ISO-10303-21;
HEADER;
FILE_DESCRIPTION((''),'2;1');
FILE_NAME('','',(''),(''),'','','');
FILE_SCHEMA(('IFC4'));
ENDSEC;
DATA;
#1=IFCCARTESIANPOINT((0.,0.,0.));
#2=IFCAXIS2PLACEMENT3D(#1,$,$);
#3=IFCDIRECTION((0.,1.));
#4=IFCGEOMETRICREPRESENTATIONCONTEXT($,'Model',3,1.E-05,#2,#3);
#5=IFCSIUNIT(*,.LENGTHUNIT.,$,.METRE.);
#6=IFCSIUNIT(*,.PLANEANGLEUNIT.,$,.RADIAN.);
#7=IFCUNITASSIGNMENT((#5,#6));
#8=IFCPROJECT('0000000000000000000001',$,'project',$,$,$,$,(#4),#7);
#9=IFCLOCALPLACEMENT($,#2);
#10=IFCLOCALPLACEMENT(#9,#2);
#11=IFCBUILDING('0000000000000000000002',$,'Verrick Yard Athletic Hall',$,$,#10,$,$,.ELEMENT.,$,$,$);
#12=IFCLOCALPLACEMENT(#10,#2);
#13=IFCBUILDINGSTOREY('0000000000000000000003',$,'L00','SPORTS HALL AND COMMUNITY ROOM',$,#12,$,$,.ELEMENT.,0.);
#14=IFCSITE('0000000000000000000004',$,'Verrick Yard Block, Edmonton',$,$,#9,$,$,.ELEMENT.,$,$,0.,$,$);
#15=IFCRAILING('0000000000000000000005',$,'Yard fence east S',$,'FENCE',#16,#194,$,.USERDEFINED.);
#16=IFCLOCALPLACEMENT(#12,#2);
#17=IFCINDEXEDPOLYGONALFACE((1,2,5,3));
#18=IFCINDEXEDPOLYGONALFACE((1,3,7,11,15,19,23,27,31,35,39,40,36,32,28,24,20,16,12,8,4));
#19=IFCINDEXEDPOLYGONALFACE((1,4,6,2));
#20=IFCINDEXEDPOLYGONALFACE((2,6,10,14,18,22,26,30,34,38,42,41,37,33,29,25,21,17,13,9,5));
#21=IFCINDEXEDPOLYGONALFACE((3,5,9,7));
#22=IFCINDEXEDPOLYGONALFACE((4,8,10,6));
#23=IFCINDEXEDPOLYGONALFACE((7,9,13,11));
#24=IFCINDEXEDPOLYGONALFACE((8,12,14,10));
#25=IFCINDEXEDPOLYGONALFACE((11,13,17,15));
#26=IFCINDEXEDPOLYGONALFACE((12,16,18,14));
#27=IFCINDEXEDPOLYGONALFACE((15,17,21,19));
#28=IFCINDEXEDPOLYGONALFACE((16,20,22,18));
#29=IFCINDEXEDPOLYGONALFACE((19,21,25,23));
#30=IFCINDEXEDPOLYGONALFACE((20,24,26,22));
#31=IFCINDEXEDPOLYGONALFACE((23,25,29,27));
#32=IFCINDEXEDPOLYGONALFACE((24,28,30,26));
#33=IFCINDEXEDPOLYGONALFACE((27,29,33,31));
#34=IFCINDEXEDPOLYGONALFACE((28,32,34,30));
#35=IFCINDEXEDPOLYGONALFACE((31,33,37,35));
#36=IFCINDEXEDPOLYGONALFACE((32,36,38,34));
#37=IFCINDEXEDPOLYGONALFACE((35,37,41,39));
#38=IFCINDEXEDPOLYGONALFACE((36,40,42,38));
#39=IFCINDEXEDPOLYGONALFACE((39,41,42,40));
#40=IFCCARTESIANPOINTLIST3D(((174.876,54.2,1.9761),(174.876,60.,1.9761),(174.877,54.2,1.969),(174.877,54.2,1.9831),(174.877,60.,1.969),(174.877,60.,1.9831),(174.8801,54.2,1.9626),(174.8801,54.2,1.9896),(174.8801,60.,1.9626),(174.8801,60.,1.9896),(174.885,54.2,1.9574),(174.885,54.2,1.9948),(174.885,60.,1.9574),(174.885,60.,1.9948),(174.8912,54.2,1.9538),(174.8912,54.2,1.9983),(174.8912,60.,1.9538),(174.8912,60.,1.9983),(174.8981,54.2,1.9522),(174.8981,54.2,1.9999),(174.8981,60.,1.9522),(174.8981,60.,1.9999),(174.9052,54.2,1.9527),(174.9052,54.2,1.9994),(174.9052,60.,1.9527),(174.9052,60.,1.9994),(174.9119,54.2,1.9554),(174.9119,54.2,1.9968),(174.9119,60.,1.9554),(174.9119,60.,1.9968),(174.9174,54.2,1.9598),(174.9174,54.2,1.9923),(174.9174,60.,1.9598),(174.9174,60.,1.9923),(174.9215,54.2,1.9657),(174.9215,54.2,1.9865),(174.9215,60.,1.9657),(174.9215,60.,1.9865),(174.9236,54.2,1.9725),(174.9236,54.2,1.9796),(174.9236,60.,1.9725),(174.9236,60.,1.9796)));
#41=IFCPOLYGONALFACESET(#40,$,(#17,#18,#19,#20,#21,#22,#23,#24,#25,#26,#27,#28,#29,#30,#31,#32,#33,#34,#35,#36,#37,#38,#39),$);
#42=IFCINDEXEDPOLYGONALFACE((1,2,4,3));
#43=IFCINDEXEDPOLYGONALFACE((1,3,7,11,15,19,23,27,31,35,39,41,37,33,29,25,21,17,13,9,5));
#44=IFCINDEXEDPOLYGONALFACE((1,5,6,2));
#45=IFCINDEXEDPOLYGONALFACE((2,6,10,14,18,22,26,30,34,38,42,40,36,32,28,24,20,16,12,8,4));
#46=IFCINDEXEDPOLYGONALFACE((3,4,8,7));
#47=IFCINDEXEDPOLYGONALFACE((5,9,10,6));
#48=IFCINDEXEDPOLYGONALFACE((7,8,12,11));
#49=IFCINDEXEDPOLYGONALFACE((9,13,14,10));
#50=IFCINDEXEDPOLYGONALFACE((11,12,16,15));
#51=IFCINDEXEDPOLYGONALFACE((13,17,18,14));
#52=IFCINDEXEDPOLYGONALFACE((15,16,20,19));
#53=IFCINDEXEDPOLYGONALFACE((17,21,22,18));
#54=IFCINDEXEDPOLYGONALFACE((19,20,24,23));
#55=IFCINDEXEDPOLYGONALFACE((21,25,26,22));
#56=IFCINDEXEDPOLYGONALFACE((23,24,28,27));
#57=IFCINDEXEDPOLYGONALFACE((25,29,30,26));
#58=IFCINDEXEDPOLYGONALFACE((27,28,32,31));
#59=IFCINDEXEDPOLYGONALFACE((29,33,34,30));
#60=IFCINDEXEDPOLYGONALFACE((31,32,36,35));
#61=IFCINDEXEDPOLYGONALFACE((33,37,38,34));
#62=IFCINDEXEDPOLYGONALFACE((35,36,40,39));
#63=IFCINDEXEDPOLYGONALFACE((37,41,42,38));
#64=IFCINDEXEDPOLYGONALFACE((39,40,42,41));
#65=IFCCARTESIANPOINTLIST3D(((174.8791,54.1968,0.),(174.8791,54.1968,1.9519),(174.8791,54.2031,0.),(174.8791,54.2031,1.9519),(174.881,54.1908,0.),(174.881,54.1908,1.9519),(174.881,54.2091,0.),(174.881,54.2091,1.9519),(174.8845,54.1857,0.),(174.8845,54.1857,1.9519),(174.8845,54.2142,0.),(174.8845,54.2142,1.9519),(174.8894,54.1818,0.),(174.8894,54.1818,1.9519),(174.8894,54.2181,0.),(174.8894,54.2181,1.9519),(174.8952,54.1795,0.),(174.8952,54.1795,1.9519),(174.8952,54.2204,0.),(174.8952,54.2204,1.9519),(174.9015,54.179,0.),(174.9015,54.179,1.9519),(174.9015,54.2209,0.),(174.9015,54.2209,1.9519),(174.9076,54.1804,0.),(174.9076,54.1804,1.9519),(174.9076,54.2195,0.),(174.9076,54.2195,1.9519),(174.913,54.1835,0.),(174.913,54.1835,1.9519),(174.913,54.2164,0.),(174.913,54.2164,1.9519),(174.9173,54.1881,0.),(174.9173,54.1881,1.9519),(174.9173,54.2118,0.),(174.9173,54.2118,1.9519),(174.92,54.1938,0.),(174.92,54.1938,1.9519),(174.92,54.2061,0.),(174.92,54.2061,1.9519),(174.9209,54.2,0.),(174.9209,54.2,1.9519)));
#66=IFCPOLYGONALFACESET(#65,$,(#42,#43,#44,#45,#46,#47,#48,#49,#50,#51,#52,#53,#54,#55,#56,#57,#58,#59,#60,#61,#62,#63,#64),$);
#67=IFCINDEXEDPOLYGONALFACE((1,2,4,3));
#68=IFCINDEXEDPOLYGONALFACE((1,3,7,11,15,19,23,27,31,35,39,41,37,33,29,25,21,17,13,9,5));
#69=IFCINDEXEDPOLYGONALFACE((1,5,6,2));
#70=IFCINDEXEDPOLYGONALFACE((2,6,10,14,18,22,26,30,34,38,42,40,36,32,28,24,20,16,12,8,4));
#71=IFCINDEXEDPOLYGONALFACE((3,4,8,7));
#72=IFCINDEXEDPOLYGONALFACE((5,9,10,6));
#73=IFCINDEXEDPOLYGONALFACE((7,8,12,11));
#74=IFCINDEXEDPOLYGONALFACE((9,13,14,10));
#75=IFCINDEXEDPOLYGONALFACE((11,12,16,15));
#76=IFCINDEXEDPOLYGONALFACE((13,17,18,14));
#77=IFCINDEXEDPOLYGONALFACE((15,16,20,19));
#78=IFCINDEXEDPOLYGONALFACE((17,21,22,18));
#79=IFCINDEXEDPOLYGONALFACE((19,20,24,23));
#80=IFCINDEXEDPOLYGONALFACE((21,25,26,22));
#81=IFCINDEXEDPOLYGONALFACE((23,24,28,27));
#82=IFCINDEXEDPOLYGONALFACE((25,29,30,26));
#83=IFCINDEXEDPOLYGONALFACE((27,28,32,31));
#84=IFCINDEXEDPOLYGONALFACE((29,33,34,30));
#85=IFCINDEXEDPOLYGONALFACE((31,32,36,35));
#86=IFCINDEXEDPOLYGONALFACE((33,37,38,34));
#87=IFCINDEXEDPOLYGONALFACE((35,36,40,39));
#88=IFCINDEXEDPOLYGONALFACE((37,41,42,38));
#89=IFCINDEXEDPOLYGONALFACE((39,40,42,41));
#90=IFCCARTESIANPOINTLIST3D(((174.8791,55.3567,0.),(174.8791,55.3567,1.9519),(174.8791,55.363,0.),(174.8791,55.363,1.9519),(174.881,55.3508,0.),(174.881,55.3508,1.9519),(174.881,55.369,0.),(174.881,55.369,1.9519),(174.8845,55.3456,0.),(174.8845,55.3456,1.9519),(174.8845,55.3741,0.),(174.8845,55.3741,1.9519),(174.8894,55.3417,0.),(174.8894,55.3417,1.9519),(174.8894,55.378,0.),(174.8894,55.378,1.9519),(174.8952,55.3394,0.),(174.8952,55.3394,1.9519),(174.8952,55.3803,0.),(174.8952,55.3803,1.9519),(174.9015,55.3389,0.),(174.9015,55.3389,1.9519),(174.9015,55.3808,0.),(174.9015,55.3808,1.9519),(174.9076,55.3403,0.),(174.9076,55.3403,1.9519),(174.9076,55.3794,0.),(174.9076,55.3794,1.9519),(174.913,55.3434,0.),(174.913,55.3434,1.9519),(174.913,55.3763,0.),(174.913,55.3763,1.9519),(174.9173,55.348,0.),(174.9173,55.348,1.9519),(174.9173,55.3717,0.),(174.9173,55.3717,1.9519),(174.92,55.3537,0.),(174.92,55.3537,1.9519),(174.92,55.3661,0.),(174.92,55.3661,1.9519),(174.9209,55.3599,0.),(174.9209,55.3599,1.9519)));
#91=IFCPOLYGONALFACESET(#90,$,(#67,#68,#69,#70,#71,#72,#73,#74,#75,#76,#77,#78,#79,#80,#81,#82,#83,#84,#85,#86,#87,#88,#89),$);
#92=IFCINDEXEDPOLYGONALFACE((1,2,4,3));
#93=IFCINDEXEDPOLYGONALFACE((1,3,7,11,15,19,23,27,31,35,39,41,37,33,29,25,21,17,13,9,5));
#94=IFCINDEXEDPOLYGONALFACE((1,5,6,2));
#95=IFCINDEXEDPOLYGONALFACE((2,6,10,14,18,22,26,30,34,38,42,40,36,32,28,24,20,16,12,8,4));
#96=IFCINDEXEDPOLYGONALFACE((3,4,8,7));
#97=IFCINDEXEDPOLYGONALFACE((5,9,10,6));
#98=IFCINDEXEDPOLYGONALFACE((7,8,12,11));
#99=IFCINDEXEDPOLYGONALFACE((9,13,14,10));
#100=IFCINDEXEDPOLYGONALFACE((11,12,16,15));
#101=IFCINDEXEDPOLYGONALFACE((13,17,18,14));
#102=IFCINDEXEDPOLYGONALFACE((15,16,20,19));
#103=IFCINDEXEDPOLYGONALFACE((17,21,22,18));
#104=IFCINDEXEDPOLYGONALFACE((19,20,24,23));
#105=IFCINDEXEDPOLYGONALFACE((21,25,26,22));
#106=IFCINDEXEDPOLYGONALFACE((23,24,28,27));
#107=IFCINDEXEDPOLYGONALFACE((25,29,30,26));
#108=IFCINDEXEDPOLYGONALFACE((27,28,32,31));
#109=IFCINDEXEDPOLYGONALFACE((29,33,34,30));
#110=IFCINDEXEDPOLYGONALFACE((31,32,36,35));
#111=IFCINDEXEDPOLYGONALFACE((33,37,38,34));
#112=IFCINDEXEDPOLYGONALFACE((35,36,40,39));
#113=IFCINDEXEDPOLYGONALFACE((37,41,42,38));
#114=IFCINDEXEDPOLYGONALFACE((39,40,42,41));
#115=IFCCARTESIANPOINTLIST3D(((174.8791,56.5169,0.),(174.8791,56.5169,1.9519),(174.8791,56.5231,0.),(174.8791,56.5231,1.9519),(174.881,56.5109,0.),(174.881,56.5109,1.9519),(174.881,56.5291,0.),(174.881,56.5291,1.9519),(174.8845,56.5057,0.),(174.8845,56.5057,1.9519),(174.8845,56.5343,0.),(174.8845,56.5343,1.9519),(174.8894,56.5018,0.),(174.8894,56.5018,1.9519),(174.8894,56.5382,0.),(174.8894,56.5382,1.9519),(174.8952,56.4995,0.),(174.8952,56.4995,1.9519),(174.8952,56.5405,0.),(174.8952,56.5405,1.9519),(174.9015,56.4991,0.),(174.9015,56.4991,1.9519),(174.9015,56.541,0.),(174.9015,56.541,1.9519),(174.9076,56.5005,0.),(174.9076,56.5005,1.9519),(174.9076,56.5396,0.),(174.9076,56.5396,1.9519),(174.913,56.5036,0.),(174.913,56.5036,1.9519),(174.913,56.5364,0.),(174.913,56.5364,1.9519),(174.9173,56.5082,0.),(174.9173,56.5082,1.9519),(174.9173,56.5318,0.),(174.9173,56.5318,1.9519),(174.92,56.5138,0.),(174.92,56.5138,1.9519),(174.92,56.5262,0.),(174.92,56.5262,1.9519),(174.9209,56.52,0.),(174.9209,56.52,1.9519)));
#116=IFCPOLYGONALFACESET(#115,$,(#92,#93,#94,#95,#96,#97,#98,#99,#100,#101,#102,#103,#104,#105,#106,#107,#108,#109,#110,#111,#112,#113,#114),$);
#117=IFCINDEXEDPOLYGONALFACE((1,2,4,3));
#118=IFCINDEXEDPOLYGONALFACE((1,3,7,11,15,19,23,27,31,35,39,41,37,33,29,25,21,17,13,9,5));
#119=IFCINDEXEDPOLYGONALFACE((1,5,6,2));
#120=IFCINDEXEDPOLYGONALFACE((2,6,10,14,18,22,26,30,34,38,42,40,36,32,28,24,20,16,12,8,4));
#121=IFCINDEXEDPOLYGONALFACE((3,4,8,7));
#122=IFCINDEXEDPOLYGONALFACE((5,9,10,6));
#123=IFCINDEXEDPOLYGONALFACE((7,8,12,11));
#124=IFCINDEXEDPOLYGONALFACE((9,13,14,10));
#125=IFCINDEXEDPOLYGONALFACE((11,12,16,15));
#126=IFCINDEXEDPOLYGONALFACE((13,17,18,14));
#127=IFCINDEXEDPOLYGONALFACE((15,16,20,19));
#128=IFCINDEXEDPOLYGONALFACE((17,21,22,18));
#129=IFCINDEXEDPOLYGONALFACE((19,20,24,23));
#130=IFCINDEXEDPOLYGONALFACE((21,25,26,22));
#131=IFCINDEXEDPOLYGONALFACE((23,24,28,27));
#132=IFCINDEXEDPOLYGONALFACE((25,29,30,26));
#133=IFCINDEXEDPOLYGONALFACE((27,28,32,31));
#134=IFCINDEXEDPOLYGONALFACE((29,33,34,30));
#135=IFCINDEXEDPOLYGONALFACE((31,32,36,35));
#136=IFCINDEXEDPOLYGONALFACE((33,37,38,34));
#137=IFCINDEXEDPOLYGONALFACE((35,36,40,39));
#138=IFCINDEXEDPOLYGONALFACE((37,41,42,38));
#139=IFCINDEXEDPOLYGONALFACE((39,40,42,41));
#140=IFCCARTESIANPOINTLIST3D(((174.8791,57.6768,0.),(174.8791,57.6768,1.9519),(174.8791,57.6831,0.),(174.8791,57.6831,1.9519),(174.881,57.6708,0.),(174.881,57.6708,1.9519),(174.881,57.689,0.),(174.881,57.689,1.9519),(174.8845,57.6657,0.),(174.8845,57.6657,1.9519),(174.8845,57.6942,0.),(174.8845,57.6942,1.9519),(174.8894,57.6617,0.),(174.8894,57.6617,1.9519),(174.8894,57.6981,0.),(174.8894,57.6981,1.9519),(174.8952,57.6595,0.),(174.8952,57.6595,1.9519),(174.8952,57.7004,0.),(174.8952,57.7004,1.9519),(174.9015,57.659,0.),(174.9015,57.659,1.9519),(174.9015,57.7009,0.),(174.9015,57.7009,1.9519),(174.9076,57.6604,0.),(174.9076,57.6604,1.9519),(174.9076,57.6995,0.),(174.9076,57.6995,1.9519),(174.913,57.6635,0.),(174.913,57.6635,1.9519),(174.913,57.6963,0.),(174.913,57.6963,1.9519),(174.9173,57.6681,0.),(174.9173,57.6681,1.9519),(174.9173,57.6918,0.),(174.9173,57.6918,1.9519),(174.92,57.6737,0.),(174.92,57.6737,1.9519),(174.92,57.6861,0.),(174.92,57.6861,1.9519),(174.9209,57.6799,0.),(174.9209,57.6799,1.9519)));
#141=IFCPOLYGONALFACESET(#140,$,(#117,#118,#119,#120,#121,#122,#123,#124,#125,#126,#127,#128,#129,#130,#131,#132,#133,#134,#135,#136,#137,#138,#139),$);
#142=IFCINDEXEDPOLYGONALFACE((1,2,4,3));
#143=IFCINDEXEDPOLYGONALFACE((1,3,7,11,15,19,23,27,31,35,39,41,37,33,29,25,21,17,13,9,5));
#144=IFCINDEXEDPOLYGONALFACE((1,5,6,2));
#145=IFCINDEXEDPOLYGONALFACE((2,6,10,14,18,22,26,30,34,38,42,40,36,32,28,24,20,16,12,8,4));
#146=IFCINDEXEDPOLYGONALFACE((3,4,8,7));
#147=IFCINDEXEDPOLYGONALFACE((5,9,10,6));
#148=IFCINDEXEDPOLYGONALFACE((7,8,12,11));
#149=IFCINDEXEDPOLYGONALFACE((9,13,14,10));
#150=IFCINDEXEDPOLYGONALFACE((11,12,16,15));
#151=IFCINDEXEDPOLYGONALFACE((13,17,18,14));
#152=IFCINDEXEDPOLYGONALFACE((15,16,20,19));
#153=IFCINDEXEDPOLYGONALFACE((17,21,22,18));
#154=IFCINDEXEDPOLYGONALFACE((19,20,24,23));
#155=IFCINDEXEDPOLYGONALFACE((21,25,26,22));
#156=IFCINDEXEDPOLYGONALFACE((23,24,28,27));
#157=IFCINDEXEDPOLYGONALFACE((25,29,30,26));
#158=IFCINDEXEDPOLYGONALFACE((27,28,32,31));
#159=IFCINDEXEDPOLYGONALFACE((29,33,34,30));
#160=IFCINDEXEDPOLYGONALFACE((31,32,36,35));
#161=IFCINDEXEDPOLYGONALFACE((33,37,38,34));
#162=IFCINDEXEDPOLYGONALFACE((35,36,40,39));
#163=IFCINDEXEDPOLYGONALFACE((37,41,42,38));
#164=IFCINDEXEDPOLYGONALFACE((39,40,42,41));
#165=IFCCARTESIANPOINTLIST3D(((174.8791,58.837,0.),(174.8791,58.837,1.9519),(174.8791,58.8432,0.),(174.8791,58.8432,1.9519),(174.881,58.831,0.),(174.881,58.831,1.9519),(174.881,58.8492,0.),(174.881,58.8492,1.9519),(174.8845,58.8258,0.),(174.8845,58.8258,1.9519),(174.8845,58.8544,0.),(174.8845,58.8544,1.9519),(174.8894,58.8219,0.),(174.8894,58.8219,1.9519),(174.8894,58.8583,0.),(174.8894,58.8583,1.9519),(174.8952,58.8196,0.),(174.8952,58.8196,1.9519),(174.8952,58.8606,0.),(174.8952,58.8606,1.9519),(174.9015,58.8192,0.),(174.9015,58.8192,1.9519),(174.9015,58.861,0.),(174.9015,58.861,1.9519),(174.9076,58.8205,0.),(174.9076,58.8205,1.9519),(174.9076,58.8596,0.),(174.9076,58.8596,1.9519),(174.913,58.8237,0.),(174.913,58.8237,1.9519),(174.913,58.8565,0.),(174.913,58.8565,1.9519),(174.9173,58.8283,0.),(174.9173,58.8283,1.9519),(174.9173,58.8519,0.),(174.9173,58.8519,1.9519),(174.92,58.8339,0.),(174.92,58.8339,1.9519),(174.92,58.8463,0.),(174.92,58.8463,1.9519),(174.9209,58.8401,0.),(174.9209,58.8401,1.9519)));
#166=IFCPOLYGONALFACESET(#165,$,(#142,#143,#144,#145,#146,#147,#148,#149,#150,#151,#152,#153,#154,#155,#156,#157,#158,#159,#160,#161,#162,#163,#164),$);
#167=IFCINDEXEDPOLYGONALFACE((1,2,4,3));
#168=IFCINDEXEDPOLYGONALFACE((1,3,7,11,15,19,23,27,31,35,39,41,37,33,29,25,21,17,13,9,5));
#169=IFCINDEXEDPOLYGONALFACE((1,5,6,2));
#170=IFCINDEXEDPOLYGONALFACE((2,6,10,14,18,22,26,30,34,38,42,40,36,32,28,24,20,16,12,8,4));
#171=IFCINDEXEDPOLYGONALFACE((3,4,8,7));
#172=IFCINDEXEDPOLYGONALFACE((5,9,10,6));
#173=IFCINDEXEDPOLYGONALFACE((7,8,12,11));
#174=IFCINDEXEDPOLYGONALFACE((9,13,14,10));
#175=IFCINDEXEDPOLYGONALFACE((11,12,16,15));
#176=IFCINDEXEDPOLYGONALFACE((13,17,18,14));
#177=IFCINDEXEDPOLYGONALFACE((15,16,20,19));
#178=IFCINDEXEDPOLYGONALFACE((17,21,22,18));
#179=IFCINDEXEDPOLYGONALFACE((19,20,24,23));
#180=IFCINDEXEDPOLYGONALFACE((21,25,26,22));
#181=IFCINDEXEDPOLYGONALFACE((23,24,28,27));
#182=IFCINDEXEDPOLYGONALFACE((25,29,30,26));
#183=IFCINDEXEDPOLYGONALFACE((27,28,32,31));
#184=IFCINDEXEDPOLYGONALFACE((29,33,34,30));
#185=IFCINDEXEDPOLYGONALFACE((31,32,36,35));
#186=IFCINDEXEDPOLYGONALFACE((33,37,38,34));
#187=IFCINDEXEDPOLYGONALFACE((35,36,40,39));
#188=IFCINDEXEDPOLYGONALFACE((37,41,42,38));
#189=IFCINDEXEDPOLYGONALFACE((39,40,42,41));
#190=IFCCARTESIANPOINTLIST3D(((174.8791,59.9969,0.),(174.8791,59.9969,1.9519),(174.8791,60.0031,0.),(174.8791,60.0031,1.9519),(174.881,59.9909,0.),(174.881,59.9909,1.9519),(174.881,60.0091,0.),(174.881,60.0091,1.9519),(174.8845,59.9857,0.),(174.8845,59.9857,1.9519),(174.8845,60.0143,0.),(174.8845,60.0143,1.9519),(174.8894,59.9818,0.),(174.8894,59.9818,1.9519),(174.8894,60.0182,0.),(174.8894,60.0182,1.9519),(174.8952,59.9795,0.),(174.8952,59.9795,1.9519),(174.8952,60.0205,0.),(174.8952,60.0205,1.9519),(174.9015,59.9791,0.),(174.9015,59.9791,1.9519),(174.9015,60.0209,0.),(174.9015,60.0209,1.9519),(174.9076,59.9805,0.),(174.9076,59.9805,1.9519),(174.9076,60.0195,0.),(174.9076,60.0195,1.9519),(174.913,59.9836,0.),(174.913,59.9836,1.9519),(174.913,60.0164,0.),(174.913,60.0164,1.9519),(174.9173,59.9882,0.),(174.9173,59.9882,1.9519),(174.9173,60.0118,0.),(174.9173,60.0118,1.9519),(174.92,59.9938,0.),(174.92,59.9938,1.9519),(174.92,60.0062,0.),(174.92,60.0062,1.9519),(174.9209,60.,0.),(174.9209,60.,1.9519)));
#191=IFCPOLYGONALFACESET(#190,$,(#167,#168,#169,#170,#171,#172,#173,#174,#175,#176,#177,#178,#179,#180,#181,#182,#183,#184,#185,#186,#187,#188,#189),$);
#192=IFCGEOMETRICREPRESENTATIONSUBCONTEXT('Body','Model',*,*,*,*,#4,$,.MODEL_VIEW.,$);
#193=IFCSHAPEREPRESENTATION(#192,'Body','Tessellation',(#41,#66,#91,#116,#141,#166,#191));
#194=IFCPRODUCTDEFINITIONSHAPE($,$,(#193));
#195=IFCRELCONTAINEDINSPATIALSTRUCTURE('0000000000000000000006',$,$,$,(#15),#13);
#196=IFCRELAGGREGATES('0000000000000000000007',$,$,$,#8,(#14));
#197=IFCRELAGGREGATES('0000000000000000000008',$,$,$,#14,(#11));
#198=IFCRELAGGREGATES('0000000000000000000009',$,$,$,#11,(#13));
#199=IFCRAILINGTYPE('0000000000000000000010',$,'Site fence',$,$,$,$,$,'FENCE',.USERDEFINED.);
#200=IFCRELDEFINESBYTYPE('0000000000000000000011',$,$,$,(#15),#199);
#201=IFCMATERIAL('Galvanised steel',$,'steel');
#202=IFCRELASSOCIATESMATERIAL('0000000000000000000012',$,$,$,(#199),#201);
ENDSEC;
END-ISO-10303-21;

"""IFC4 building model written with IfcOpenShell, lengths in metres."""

from ifc_helpers import new_model, si_unit, direction, frame, origin, origin_2d, place, context, subcontext, project, spatial, circle, extrude, material, type_object, element, save


model = new_model("IFC4")

# Units and contexts
model_context = context("Model", 3, precision=1e-05, world=origin(), true_north=direction((0.0, 1.0)))
body_context = subcontext(model_context, "Body", "Model", "MODEL_VIEW")
ifc_project = project(units=[si_unit("LENGTHUNIT", "METRE"), si_unit("PLANEANGLEUNIT", "RADIAN")], contexts=[model_context])

# Site, building, storey
site_placement = place(None, origin())
site = spatial("IfcSite", under=ifc_project, at=site_placement, Name="Verrick Yard Block, Edmonton", CompositionType="ELEMENT", RefElevation=0.0)
building_placement = place(site_placement, origin())
building = spatial("IfcBuilding", under=site, at=building_placement, Name="Verrick Yard Athletic Hall", CompositionType="ELEMENT")
storey_placement = place(building_placement, origin())
storey = spatial("IfcBuildingStorey", under=building, at=storey_placement, Name="L00", Description="SPORTS HALL AND COMMUNITY ROOM", CompositionType="ELEMENT", Elevation=0.0)

# Railing
ifc_material_1 = material(Name="Galvanised steel", Category="steel")
railing_type_1 = type_object("IfcRailingType", Name="Site fence", ElementType="FENCE", PredefinedType="USERDEFINED", material=ifc_material_1)
for number, where, name in (
    (1, (174.8999, 54.2, 0.0), "Yard fence east S"),
):
    element("IfcRailing", number, at=place(storey_placement, frame(where)), inside=storey, type_object=railing_type_1, Name=name, ObjectType="FENCE", PredefinedType="USERDEFINED", context=body_context, shape_type="SweptSolid", body=[
        extrude(circle(Radius=0.0239, at=origin_2d()), frame((0.0, 0.0, 1.9761), z_axis=(0.0, 1.0, 0.0), x_axis=(-1.0, 0.0, 0.0)), (0.0, 0.0, 1.0), 5.8),
        extrude(circle(Radius=0.021, at=origin_2d()), origin(), (0.0, 0.0, 1.0), 1.9519),
        extrude(circle(Radius=0.021, at=origin_2d()), frame((0.0, 1.1599, 0.0)), (0.0, 0.0, 1.0), 1.9519),
        extrude(circle(Radius=0.021, at=origin_2d()), frame((0.0, 2.3201, 0.0)), (0.0, 0.0, 1.0), 1.9519),
        extrude(circle(Radius=0.021, at=origin_2d()), frame((0.0, 3.48, 0.0)), (0.0, 0.0, 1.0), 1.9519),
        extrude(circle(Radius=0.021, at=origin_2d()), frame((0.0, 4.6401, 0.0)), (0.0, 0.0, 1.0), 1.9519),
        extrude(circle(Radius=0.021, at=origin_2d()), frame((0.0, 5.8, 0.0)), (0.0, 0.0, 1.0), 1.9519),
    ])

save(model, "model.ifc")
